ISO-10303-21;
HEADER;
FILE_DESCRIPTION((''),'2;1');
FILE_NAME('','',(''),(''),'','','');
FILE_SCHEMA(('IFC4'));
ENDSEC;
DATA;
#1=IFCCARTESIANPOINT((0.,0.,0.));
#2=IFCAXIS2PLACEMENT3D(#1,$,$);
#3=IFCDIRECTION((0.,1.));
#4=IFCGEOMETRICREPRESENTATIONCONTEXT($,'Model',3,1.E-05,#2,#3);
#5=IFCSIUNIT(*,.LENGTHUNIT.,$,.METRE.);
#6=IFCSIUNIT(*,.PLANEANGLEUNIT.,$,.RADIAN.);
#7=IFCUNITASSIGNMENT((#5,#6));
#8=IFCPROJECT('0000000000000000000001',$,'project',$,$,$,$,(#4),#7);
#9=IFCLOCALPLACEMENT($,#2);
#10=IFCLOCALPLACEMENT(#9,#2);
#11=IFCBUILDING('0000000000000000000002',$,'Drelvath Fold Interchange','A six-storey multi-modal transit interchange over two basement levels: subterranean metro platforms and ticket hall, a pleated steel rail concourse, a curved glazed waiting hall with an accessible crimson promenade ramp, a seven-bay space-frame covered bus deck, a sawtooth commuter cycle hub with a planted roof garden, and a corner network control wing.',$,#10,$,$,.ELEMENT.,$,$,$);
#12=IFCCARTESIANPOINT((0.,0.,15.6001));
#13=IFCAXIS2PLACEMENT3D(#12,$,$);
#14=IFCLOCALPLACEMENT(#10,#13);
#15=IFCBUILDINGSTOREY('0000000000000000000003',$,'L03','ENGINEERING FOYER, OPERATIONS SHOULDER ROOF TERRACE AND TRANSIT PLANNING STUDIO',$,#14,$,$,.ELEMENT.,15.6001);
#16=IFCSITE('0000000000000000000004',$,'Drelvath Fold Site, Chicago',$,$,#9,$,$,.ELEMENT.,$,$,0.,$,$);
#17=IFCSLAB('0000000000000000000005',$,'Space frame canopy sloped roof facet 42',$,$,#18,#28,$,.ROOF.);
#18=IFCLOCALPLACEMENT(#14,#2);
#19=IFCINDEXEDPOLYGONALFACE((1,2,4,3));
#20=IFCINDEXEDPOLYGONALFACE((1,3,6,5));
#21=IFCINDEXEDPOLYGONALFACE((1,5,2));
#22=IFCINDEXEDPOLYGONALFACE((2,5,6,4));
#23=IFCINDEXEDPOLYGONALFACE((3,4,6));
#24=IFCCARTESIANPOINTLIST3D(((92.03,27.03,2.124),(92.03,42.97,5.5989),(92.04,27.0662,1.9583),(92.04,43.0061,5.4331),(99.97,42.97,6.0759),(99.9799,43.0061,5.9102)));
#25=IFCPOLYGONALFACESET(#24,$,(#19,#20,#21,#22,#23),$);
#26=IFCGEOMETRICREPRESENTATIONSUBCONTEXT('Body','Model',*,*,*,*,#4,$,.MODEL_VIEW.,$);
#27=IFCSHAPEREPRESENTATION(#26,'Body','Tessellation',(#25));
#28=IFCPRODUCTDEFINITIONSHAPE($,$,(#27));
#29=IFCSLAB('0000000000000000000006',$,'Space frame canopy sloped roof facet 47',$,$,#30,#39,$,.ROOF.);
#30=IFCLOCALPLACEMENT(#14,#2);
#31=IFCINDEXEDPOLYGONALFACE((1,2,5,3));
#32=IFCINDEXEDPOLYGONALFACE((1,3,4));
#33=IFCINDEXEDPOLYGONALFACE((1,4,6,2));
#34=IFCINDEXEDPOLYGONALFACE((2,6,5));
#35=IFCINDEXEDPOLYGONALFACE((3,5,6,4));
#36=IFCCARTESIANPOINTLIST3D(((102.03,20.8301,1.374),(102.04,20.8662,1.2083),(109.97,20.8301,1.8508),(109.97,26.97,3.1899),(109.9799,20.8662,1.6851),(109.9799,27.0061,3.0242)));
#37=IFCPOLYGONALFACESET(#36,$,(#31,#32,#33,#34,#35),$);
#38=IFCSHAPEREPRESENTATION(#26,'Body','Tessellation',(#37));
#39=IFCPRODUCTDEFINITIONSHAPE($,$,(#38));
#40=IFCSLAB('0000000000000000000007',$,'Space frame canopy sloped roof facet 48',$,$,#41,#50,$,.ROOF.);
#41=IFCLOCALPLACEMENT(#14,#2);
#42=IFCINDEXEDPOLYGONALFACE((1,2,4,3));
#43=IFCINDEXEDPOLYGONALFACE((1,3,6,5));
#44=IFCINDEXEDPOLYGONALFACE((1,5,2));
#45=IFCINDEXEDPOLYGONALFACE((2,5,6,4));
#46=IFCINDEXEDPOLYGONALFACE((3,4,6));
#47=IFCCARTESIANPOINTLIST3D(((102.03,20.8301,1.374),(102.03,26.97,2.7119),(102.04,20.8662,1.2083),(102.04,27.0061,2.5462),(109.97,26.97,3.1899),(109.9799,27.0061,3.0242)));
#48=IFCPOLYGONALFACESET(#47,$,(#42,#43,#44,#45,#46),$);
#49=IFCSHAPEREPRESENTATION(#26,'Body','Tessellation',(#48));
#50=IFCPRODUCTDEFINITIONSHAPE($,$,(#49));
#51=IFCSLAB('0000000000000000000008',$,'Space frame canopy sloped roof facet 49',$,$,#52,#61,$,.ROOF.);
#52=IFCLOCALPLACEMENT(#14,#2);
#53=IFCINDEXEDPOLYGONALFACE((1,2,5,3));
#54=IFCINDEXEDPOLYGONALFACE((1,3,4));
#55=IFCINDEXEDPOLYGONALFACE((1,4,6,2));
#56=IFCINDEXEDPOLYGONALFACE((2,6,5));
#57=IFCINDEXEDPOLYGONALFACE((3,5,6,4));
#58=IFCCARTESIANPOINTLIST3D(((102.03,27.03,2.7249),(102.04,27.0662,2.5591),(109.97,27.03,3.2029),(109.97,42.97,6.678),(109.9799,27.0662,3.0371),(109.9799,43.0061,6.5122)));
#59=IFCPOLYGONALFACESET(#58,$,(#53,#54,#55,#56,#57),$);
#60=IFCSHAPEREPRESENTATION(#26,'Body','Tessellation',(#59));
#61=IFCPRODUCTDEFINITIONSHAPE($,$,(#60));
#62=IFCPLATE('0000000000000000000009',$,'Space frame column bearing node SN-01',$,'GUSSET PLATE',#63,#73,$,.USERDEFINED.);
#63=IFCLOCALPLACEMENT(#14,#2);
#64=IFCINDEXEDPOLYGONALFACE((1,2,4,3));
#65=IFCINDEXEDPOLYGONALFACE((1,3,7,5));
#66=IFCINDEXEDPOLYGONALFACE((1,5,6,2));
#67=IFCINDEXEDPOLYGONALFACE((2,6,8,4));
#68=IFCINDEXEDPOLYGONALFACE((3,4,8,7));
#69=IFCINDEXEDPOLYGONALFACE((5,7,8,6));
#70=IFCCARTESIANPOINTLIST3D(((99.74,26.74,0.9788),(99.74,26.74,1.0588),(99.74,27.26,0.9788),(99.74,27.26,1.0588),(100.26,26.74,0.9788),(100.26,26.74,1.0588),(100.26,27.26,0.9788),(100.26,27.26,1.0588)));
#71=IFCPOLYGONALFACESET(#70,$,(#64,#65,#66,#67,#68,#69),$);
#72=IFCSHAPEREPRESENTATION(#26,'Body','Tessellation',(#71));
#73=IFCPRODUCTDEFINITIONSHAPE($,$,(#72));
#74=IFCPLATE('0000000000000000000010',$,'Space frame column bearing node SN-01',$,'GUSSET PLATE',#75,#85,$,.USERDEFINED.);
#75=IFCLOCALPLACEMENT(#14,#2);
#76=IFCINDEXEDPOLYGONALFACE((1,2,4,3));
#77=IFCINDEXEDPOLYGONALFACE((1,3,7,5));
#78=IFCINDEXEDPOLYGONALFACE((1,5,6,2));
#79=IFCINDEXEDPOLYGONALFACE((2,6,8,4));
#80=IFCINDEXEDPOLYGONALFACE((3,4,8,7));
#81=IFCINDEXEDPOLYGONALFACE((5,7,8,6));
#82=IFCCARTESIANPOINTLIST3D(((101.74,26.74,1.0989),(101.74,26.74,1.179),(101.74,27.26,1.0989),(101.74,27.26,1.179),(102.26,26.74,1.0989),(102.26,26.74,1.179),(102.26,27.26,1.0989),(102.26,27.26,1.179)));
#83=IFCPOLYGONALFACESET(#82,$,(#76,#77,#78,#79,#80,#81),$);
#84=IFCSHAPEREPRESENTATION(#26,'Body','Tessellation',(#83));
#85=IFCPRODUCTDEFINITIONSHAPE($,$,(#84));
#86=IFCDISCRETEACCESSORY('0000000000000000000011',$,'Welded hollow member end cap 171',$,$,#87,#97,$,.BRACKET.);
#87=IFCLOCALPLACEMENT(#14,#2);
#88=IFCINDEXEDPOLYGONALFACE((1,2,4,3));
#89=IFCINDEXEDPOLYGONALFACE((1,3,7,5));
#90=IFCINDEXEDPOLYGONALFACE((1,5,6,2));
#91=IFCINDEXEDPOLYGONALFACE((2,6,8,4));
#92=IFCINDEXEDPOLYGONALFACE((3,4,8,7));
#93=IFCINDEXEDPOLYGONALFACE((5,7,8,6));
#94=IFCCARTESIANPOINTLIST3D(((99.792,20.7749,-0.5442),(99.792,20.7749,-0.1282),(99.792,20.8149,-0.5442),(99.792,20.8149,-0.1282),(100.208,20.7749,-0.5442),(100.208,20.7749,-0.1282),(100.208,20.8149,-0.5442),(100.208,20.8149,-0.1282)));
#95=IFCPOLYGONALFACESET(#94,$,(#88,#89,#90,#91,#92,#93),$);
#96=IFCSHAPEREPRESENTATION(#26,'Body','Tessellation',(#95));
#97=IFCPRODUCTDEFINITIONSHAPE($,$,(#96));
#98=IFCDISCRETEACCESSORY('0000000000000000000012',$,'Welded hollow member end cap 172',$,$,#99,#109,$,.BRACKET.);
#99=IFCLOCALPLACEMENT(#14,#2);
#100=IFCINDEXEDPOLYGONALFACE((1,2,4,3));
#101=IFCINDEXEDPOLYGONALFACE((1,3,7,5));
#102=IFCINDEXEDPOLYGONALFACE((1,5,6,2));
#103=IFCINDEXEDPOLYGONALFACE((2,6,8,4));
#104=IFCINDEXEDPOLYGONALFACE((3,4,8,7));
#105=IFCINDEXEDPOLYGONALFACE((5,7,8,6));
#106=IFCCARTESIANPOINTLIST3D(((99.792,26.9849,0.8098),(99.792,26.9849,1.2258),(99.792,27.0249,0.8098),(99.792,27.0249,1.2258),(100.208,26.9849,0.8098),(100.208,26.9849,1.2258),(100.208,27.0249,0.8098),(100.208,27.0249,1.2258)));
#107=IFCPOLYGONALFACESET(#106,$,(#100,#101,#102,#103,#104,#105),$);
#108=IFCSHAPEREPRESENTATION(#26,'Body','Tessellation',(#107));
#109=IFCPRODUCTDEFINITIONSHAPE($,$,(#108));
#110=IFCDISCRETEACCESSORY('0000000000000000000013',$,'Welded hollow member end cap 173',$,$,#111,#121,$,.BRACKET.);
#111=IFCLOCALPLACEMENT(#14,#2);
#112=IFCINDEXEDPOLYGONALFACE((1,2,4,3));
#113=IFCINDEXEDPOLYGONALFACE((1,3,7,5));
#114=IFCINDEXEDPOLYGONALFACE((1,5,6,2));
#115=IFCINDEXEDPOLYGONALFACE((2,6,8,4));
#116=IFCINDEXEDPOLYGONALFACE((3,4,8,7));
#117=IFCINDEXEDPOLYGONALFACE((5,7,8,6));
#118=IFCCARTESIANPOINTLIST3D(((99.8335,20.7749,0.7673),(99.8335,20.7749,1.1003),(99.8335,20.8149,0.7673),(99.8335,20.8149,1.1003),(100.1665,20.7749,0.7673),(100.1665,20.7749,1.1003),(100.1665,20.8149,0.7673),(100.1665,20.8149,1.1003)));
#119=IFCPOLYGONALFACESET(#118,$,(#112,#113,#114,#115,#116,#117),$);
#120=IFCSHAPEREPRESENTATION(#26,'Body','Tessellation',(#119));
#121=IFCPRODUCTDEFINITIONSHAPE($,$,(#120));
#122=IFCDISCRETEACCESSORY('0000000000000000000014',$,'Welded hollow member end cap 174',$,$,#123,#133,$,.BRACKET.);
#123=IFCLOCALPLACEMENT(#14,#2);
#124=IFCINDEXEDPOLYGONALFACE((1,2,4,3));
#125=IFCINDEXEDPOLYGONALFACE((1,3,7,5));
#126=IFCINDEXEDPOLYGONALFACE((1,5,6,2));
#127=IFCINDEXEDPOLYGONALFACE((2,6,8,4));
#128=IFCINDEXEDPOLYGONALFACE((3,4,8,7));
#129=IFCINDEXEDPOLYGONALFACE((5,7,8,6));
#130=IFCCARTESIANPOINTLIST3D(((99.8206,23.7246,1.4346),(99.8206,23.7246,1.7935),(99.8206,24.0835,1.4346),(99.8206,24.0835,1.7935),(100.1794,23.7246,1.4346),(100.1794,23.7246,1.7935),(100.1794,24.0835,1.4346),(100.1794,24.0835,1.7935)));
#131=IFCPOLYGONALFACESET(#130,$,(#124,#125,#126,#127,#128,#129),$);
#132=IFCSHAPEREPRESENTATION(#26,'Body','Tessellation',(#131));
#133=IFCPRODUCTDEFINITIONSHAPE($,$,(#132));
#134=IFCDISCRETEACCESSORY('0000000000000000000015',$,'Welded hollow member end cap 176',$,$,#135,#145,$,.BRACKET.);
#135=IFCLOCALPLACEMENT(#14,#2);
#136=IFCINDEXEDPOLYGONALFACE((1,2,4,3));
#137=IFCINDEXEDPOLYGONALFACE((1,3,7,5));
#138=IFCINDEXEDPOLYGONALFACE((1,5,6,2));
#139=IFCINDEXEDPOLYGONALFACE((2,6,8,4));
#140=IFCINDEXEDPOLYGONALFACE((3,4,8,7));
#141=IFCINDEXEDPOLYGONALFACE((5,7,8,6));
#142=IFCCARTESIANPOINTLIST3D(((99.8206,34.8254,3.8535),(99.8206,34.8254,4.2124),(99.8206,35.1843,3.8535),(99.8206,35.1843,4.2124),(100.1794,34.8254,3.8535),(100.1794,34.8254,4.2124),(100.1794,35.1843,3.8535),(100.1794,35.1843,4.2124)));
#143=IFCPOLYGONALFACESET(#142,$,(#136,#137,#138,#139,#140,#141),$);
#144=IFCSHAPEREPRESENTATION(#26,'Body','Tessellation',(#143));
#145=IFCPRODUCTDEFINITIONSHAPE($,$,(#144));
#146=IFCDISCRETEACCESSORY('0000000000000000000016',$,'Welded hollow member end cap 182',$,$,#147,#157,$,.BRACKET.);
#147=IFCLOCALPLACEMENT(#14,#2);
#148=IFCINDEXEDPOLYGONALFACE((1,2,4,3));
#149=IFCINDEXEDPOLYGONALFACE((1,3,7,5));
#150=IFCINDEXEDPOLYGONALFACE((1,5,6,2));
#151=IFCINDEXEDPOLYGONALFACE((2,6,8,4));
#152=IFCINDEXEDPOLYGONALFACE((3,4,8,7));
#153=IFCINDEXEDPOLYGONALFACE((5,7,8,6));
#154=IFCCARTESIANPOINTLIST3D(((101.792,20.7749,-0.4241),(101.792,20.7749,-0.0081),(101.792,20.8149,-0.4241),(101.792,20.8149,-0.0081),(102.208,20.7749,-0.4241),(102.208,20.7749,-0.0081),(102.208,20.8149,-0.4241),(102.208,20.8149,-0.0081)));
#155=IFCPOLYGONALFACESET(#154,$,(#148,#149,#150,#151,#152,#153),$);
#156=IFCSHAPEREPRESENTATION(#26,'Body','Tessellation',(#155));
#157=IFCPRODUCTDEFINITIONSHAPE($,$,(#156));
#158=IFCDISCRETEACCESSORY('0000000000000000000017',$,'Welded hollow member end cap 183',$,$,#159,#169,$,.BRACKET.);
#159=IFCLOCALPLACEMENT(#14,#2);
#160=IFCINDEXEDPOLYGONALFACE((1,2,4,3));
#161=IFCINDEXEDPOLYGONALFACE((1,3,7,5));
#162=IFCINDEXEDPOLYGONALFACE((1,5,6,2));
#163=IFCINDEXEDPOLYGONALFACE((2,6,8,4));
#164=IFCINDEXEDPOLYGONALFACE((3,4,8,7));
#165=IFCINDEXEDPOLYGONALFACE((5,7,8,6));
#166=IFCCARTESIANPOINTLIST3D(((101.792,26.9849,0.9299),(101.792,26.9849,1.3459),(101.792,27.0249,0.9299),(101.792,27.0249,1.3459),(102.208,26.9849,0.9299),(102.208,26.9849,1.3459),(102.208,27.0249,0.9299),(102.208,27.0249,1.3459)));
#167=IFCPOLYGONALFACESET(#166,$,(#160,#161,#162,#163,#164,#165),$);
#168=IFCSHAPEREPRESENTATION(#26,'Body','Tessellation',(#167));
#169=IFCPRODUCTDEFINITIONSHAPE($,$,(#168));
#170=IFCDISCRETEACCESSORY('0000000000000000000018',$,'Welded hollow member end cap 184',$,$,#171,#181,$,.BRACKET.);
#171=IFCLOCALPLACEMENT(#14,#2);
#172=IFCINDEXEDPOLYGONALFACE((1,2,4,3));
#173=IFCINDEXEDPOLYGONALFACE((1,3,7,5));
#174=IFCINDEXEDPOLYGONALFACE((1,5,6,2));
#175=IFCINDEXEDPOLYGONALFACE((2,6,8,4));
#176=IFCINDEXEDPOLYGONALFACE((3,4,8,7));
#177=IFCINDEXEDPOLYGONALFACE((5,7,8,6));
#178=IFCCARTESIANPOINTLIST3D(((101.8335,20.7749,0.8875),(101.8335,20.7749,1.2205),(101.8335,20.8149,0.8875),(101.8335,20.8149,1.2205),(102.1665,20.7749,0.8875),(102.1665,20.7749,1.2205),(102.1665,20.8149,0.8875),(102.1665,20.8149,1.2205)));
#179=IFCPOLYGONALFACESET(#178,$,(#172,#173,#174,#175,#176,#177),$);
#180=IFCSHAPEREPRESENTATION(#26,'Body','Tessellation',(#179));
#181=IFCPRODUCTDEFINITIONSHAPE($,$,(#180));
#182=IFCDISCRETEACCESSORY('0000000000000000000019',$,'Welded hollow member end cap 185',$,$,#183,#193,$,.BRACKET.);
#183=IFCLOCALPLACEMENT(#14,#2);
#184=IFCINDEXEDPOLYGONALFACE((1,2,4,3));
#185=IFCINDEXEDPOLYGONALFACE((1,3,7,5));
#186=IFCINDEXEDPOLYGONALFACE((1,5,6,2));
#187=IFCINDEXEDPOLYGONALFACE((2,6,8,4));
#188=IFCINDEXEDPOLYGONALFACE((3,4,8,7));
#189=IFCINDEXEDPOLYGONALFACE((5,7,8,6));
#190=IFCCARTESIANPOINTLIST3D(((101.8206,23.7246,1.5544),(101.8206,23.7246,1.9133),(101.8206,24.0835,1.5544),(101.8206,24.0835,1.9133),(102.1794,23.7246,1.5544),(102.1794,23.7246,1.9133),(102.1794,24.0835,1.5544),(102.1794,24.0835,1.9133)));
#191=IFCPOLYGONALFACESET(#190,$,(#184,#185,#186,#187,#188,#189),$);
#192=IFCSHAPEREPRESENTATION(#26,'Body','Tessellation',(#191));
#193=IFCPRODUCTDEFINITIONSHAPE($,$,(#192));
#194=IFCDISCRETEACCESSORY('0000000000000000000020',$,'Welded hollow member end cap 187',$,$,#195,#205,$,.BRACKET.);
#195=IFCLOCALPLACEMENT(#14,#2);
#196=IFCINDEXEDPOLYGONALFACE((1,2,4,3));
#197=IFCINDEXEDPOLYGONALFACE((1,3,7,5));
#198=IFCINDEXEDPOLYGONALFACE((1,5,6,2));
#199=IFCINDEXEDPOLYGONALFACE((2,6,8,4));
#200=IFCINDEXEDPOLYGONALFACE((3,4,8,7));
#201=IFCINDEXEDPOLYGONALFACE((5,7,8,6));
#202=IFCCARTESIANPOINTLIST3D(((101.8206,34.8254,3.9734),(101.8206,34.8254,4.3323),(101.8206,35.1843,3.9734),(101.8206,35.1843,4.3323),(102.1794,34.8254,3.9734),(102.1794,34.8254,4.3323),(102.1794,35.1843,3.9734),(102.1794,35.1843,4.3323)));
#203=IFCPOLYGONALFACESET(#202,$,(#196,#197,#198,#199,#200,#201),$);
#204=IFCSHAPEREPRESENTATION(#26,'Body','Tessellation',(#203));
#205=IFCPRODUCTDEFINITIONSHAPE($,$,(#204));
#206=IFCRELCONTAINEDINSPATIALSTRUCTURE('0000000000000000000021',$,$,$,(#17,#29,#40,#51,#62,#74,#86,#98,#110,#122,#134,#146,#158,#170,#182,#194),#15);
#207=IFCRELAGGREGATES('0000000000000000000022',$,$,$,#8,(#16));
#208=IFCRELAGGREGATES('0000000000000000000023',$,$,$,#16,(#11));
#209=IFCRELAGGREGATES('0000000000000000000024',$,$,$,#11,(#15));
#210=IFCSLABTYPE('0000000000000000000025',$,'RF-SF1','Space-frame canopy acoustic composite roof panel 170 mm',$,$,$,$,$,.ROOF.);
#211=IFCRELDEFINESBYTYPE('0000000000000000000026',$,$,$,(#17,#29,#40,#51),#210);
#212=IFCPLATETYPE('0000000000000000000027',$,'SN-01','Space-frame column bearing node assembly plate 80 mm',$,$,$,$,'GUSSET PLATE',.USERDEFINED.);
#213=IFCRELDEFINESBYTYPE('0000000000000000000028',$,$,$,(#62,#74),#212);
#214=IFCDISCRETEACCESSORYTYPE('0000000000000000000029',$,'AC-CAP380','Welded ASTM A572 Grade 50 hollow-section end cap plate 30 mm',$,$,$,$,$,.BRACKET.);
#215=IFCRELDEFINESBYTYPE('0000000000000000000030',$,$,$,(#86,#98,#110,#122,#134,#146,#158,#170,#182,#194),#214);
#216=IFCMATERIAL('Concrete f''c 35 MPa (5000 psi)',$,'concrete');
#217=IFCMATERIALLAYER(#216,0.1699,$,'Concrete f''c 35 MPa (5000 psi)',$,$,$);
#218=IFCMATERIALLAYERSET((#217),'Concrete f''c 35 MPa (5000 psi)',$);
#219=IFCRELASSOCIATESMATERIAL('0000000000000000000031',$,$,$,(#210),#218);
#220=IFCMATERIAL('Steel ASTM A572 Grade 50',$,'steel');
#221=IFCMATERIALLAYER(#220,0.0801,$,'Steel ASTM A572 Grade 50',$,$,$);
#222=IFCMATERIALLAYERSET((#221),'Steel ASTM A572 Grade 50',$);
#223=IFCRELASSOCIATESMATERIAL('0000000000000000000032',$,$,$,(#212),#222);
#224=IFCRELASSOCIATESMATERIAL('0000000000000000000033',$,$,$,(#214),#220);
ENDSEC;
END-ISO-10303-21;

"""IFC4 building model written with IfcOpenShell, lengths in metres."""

from ifc_helpers import new_model, si_unit, direction, frame, origin, origin_2d, place, context, subcontext, project, spatial, polyline, rectangle, outline, extrude, material, layer, layer_set, type_object, element, save


model = new_model("IFC4")

# Units and contexts
model_context = context("Model", 3, precision=1e-05, world=origin(), true_north=direction((0.0, 1.0)))
body_context = subcontext(model_context, "Body", "Model", "MODEL_VIEW")
ifc_project = project(units=[si_unit("LENGTHUNIT", "METRE"), si_unit("PLANEANGLEUNIT", "RADIAN")], contexts=[model_context])

# Site, building, storey
site_placement = place(None, origin())
site = spatial("IfcSite", under=ifc_project, at=site_placement, Name="Drelvath Fold Site, Chicago", CompositionType="ELEMENT", RefElevation=0.0)
building_placement = place(site_placement, origin())
building = spatial("IfcBuilding", under=site, at=building_placement, Name="Drelvath Fold Interchange", Description="A six-storey multi-modal transit interchange over two basement levels: subterranean metro platforms and ticket hall, a pleated steel rail concourse, a curved glazed waiting hall with an accessible crimson promenade ramp, a seven-bay space-frame covered bus deck, a sawtooth commuter cycle hub with a planted roof garden, and a corner network control wing.", CompositionType="ELEMENT")
storey_placement = place(building_placement, frame((0.0, 0.0, 15.6001)))
storey = spatial("IfcBuildingStorey", under=building, at=storey_placement, Name="L03", Description="ENGINEERING FOYER, OPERATIONS SHOULDER ROOF TERRACE AND TRANSIT PLANNING STUDIO", CompositionType="ELEMENT", Elevation=15.6001)

# Slabs
ifc_material_1 = material(Name="Concrete f'c 35 MPa (5000 psi)", Category="concrete")
ifc_layer_1 = layer(ifc_material_1, 0.1699, Name="Concrete f'c 35 MPa (5000 psi)")
ifc_layer_set_1 = layer_set([ifc_layer_1], Name="Concrete f'c 35 MPa (5000 psi)")
slab_type = type_object("IfcSlabType", Name="RF-SF1", Description="Space-frame canopy acoustic composite roof panel 170 mm", PredefinedType="ROOF", material=ifc_layer_set_1)
slab_1_placement = place(storey_placement, frame((92.03, 27.03, 2.124), z_axis=(-0.058603, -0.212628, 0.975374), x_axis=(0.435275, 0.873842, 0.216647)))
element("IfcSlab", 1, at=slab_1_placement, inside=storey, type_object=slab_type, Name="Space frame canopy sloped roof facet 42", PredefinedType="ROOF", context=body_context, shape_type="SweptSolid", body=[
    extrude(outline(polyline([(0.0, 0.0), (18.2412, 0.0), (14.6818, 7.1134), (0.0, 0.0)])), origin(), (0.0, 0.0, -1.0), 0.1699),
])
slab_2_placement = place(storey_placement, frame((102.03, 20.8301, 1.374), z_axis=(-0.058572, -0.212725, 0.975355), x_axis=(0.998202, 0.0, 0.059944)))
element("IfcSlab", 2, at=slab_2_placement, inside=storey, type_object=slab_type, Name="Space frame canopy sloped roof facet 47", PredefinedType="ROOF", context=body_context, shape_type="SweptSolid", body=[
    extrude(outline(polyline([(0.0, 0.0), (7.9542, 0.0), (8.0345, 6.2837), (0.0, 0.0)])), origin(), (0.0, 0.0, -1.0), 0.1699),
])
slab_3_placement = place(storey_placement, frame((102.03, 20.8301, 1.374), z_axis=(-0.058724, -0.212538, 0.975387), x_axis=(0.778431, 0.601955, 0.178032)))
element("IfcSlab", 3, at=slab_3_placement, inside=storey, type_object=slab_type, Name="Space frame canopy sloped roof facet 48", PredefinedType="ROOF", context=body_context, shape_type="SweptSolid", body=[
    extrude(outline(polyline([(0.0, 0.0), (10.1999, 0.0), (3.9341, 4.9001), (0.0, 0.0)])), origin(), (0.0, 0.0, -1.0), 0.1699),
])
slab_4_placement = place(storey_placement, frame((102.03, 27.03, 2.7249), z_axis=(-0.058722, -0.212641, 0.975364), x_axis=(0.998193, 0.0, 0.060097)))
element("IfcSlab", 4, at=slab_4_placement, inside=storey, type_object=slab_type, Name="Space frame canopy sloped roof facet 49", PredefinedType="ROOF", context=body_context, shape_type="SweptSolid", body=[
    extrude(outline(polyline([(0.0, 0.0), (7.9543, 0.0), (8.1632, 16.313), (0.0, 0.0)])), origin(), (0.0, 0.0, -1.0), 0.1699),
])

# Plates
ifc_material_2 = material(Name="Steel ASTM A572 Grade 50", Category="steel")
ifc_layer_2 = layer(ifc_material_2, 0.0801, Name="Steel ASTM A572 Grade 50")
ifc_layer_set_2 = layer_set([ifc_layer_2], Name="Steel ASTM A572 Grade 50")
plate_type = type_object("IfcPlateType", Name="SN-01", Description="Space-frame column bearing node assembly plate 80 mm", ElementType="GUSSET PLATE", PredefinedType="USERDEFINED", material=ifc_layer_set_2)
for number, where, z_axis, x_axis, name in (
    (5, (100.0, 27.0, 0.9788), (0.0, 0.0, 1.0), (1.0, 0.0, 0.0), "Space frame column bearing node SN-01"),
    (6, (102.0, 27.0, 1.0989), (0.0, 0.0, 1.0), (1.0, 0.0, 0.0), "Space frame column bearing node SN-01"),
):
    element("IfcPlate", number, at=place(storey_placement, frame(where, z_axis=z_axis, x_axis=x_axis)), inside=storey, type_object=plate_type, Name=name, ObjectType="GUSSET PLATE", PredefinedType="USERDEFINED", context=body_context, shape_type="SweptSolid", body=[
        extrude(rectangle(XDim=0.52, YDim=0.52, at=origin_2d()), origin(), (0.0, 0.0, 1.0), 0.0801),
    ])

# Discrete accessories
discrete_accessory_type = type_object("IfcDiscreteAccessoryType", Name="AC-CAP380", Description="Welded ASTM A572 Grade 50 hollow-section end cap plate 30 mm", PredefinedType="BRACKET", material=ifc_material_2)
for number, where, z_axis, x_axis, name in (
    (7, (100.0, 20.7949, -0.5442), (0.0, 0.0, 1.0), (1.0, 0.0, 0.0), "Welded hollow member end cap 171"),
    (8, (100.0, 27.0049, 0.8098), (0.0, 0.0, 1.0), (1.0, 0.0, 0.0), "Welded hollow member end cap 172"),
):
    element("IfcDiscreteAccessory", number, at=place(storey_placement, frame(where, z_axis=z_axis, x_axis=x_axis)), inside=storey, type_object=discrete_accessory_type, Name=name, PredefinedType="BRACKET", context=body_context, shape_type="SweptSolid", body=[
        extrude(rectangle(XDim=0.416, YDim=0.04, at=origin_2d()), origin(), (0.0, 0.0, 1.0), 0.416),
    ])
discrete_accessory_1_placement = place(storey_placement, frame((100.0, 20.7949, 0.7673), z_axis=(0.0, 0.0, 1.0), x_axis=(1.0, 0.0, 0.0)))
element("IfcDiscreteAccessory", 9, at=discrete_accessory_1_placement, inside=storey, type_object=discrete_accessory_type, Name="Welded hollow member end cap 173", PredefinedType="BRACKET", context=body_context, shape_type="SweptSolid", body=[
    extrude(rectangle(XDim=0.333, YDim=0.04, at=origin_2d()), origin(), (0.0, 0.0, 1.0), 0.333),
])
for number, where, z_axis, x_axis, name in (
    (10, (100.0, 23.9041, 1.4346), (0.0, 0.0, 1.0), (1.0, 0.0, 0.0), "Welded hollow member end cap 174"),
    (11, (100.0, 35.0049, 3.8535), (0.0, 0.0, 1.0), (1.0, 0.0, 0.0), "Welded hollow member end cap 176"),
):
    element("IfcDiscreteAccessory", number, at=place(storey_placement, frame(where, z_axis=z_axis, x_axis=x_axis)), inside=storey, type_object=discrete_accessory_type, Name=name, PredefinedType="BRACKET", context=body_context, shape_type="SweptSolid", body=[
        extrude(rectangle(XDim=0.3589, YDim=0.3589, at=origin_2d()), origin(), (0.0, 0.0, 1.0), 0.3589),
    ])
for number, where, z_axis, x_axis, name in (
    (12, (102.0, 20.7949, -0.4241), (0.0, 0.0, 1.0), (1.0, 0.0, 0.0), "Welded hollow member end cap 182"),
    (13, (102.0, 27.0049, 0.9299), (0.0, 0.0, 1.0), (1.0, 0.0, 0.0), "Welded hollow member end cap 183"),
):
    element("IfcDiscreteAccessory", number, at=place(storey_placement, frame(where, z_axis=z_axis, x_axis=x_axis)), inside=storey, type_object=discrete_accessory_type, Name=name, PredefinedType="BRACKET", context=body_context, shape_type="SweptSolid", body=[
        extrude(rectangle(XDim=0.416, YDim=0.04, at=origin_2d()), origin(), (0.0, 0.0, 1.0), 0.416),
    ])
discrete_accessory_2_placement = place(storey_placement, frame((102.0, 20.7949, 0.8875), z_axis=(0.0, 0.0, 1.0), x_axis=(1.0, 0.0, 0.0)))
element("IfcDiscreteAccessory", 14, at=discrete_accessory_2_placement, inside=storey, type_object=discrete_accessory_type, Name="Welded hollow member end cap 184", PredefinedType="BRACKET", context=body_context, shape_type="SweptSolid", body=[
    extrude(rectangle(XDim=0.333, YDim=0.04, at=origin_2d()), origin(), (0.0, 0.0, 1.0), 0.333),
])
for number, where, z_axis, x_axis, name in (
    (15, (102.0, 23.9041, 1.5544), (0.0, 0.0, 1.0), (1.0, 0.0, 0.0), "Welded hollow member end cap 185"),
    (16, (102.0, 35.0049, 3.9734), (0.0, 0.0, 1.0), (1.0, 0.0, 0.0), "Welded hollow member end cap 187"),
):
    element("IfcDiscreteAccessory", number, at=place(storey_placement, frame(where, z_axis=z_axis, x_axis=x_axis)), inside=storey, type_object=discrete_accessory_type, Name=name, PredefinedType="BRACKET", context=body_context, shape_type="SweptSolid", body=[
        extrude(rectangle(XDim=0.3589, YDim=0.3589, at=origin_2d()), origin(), (0.0, 0.0, 1.0), 0.3589),
    ])

save(model, "model.ifc")
